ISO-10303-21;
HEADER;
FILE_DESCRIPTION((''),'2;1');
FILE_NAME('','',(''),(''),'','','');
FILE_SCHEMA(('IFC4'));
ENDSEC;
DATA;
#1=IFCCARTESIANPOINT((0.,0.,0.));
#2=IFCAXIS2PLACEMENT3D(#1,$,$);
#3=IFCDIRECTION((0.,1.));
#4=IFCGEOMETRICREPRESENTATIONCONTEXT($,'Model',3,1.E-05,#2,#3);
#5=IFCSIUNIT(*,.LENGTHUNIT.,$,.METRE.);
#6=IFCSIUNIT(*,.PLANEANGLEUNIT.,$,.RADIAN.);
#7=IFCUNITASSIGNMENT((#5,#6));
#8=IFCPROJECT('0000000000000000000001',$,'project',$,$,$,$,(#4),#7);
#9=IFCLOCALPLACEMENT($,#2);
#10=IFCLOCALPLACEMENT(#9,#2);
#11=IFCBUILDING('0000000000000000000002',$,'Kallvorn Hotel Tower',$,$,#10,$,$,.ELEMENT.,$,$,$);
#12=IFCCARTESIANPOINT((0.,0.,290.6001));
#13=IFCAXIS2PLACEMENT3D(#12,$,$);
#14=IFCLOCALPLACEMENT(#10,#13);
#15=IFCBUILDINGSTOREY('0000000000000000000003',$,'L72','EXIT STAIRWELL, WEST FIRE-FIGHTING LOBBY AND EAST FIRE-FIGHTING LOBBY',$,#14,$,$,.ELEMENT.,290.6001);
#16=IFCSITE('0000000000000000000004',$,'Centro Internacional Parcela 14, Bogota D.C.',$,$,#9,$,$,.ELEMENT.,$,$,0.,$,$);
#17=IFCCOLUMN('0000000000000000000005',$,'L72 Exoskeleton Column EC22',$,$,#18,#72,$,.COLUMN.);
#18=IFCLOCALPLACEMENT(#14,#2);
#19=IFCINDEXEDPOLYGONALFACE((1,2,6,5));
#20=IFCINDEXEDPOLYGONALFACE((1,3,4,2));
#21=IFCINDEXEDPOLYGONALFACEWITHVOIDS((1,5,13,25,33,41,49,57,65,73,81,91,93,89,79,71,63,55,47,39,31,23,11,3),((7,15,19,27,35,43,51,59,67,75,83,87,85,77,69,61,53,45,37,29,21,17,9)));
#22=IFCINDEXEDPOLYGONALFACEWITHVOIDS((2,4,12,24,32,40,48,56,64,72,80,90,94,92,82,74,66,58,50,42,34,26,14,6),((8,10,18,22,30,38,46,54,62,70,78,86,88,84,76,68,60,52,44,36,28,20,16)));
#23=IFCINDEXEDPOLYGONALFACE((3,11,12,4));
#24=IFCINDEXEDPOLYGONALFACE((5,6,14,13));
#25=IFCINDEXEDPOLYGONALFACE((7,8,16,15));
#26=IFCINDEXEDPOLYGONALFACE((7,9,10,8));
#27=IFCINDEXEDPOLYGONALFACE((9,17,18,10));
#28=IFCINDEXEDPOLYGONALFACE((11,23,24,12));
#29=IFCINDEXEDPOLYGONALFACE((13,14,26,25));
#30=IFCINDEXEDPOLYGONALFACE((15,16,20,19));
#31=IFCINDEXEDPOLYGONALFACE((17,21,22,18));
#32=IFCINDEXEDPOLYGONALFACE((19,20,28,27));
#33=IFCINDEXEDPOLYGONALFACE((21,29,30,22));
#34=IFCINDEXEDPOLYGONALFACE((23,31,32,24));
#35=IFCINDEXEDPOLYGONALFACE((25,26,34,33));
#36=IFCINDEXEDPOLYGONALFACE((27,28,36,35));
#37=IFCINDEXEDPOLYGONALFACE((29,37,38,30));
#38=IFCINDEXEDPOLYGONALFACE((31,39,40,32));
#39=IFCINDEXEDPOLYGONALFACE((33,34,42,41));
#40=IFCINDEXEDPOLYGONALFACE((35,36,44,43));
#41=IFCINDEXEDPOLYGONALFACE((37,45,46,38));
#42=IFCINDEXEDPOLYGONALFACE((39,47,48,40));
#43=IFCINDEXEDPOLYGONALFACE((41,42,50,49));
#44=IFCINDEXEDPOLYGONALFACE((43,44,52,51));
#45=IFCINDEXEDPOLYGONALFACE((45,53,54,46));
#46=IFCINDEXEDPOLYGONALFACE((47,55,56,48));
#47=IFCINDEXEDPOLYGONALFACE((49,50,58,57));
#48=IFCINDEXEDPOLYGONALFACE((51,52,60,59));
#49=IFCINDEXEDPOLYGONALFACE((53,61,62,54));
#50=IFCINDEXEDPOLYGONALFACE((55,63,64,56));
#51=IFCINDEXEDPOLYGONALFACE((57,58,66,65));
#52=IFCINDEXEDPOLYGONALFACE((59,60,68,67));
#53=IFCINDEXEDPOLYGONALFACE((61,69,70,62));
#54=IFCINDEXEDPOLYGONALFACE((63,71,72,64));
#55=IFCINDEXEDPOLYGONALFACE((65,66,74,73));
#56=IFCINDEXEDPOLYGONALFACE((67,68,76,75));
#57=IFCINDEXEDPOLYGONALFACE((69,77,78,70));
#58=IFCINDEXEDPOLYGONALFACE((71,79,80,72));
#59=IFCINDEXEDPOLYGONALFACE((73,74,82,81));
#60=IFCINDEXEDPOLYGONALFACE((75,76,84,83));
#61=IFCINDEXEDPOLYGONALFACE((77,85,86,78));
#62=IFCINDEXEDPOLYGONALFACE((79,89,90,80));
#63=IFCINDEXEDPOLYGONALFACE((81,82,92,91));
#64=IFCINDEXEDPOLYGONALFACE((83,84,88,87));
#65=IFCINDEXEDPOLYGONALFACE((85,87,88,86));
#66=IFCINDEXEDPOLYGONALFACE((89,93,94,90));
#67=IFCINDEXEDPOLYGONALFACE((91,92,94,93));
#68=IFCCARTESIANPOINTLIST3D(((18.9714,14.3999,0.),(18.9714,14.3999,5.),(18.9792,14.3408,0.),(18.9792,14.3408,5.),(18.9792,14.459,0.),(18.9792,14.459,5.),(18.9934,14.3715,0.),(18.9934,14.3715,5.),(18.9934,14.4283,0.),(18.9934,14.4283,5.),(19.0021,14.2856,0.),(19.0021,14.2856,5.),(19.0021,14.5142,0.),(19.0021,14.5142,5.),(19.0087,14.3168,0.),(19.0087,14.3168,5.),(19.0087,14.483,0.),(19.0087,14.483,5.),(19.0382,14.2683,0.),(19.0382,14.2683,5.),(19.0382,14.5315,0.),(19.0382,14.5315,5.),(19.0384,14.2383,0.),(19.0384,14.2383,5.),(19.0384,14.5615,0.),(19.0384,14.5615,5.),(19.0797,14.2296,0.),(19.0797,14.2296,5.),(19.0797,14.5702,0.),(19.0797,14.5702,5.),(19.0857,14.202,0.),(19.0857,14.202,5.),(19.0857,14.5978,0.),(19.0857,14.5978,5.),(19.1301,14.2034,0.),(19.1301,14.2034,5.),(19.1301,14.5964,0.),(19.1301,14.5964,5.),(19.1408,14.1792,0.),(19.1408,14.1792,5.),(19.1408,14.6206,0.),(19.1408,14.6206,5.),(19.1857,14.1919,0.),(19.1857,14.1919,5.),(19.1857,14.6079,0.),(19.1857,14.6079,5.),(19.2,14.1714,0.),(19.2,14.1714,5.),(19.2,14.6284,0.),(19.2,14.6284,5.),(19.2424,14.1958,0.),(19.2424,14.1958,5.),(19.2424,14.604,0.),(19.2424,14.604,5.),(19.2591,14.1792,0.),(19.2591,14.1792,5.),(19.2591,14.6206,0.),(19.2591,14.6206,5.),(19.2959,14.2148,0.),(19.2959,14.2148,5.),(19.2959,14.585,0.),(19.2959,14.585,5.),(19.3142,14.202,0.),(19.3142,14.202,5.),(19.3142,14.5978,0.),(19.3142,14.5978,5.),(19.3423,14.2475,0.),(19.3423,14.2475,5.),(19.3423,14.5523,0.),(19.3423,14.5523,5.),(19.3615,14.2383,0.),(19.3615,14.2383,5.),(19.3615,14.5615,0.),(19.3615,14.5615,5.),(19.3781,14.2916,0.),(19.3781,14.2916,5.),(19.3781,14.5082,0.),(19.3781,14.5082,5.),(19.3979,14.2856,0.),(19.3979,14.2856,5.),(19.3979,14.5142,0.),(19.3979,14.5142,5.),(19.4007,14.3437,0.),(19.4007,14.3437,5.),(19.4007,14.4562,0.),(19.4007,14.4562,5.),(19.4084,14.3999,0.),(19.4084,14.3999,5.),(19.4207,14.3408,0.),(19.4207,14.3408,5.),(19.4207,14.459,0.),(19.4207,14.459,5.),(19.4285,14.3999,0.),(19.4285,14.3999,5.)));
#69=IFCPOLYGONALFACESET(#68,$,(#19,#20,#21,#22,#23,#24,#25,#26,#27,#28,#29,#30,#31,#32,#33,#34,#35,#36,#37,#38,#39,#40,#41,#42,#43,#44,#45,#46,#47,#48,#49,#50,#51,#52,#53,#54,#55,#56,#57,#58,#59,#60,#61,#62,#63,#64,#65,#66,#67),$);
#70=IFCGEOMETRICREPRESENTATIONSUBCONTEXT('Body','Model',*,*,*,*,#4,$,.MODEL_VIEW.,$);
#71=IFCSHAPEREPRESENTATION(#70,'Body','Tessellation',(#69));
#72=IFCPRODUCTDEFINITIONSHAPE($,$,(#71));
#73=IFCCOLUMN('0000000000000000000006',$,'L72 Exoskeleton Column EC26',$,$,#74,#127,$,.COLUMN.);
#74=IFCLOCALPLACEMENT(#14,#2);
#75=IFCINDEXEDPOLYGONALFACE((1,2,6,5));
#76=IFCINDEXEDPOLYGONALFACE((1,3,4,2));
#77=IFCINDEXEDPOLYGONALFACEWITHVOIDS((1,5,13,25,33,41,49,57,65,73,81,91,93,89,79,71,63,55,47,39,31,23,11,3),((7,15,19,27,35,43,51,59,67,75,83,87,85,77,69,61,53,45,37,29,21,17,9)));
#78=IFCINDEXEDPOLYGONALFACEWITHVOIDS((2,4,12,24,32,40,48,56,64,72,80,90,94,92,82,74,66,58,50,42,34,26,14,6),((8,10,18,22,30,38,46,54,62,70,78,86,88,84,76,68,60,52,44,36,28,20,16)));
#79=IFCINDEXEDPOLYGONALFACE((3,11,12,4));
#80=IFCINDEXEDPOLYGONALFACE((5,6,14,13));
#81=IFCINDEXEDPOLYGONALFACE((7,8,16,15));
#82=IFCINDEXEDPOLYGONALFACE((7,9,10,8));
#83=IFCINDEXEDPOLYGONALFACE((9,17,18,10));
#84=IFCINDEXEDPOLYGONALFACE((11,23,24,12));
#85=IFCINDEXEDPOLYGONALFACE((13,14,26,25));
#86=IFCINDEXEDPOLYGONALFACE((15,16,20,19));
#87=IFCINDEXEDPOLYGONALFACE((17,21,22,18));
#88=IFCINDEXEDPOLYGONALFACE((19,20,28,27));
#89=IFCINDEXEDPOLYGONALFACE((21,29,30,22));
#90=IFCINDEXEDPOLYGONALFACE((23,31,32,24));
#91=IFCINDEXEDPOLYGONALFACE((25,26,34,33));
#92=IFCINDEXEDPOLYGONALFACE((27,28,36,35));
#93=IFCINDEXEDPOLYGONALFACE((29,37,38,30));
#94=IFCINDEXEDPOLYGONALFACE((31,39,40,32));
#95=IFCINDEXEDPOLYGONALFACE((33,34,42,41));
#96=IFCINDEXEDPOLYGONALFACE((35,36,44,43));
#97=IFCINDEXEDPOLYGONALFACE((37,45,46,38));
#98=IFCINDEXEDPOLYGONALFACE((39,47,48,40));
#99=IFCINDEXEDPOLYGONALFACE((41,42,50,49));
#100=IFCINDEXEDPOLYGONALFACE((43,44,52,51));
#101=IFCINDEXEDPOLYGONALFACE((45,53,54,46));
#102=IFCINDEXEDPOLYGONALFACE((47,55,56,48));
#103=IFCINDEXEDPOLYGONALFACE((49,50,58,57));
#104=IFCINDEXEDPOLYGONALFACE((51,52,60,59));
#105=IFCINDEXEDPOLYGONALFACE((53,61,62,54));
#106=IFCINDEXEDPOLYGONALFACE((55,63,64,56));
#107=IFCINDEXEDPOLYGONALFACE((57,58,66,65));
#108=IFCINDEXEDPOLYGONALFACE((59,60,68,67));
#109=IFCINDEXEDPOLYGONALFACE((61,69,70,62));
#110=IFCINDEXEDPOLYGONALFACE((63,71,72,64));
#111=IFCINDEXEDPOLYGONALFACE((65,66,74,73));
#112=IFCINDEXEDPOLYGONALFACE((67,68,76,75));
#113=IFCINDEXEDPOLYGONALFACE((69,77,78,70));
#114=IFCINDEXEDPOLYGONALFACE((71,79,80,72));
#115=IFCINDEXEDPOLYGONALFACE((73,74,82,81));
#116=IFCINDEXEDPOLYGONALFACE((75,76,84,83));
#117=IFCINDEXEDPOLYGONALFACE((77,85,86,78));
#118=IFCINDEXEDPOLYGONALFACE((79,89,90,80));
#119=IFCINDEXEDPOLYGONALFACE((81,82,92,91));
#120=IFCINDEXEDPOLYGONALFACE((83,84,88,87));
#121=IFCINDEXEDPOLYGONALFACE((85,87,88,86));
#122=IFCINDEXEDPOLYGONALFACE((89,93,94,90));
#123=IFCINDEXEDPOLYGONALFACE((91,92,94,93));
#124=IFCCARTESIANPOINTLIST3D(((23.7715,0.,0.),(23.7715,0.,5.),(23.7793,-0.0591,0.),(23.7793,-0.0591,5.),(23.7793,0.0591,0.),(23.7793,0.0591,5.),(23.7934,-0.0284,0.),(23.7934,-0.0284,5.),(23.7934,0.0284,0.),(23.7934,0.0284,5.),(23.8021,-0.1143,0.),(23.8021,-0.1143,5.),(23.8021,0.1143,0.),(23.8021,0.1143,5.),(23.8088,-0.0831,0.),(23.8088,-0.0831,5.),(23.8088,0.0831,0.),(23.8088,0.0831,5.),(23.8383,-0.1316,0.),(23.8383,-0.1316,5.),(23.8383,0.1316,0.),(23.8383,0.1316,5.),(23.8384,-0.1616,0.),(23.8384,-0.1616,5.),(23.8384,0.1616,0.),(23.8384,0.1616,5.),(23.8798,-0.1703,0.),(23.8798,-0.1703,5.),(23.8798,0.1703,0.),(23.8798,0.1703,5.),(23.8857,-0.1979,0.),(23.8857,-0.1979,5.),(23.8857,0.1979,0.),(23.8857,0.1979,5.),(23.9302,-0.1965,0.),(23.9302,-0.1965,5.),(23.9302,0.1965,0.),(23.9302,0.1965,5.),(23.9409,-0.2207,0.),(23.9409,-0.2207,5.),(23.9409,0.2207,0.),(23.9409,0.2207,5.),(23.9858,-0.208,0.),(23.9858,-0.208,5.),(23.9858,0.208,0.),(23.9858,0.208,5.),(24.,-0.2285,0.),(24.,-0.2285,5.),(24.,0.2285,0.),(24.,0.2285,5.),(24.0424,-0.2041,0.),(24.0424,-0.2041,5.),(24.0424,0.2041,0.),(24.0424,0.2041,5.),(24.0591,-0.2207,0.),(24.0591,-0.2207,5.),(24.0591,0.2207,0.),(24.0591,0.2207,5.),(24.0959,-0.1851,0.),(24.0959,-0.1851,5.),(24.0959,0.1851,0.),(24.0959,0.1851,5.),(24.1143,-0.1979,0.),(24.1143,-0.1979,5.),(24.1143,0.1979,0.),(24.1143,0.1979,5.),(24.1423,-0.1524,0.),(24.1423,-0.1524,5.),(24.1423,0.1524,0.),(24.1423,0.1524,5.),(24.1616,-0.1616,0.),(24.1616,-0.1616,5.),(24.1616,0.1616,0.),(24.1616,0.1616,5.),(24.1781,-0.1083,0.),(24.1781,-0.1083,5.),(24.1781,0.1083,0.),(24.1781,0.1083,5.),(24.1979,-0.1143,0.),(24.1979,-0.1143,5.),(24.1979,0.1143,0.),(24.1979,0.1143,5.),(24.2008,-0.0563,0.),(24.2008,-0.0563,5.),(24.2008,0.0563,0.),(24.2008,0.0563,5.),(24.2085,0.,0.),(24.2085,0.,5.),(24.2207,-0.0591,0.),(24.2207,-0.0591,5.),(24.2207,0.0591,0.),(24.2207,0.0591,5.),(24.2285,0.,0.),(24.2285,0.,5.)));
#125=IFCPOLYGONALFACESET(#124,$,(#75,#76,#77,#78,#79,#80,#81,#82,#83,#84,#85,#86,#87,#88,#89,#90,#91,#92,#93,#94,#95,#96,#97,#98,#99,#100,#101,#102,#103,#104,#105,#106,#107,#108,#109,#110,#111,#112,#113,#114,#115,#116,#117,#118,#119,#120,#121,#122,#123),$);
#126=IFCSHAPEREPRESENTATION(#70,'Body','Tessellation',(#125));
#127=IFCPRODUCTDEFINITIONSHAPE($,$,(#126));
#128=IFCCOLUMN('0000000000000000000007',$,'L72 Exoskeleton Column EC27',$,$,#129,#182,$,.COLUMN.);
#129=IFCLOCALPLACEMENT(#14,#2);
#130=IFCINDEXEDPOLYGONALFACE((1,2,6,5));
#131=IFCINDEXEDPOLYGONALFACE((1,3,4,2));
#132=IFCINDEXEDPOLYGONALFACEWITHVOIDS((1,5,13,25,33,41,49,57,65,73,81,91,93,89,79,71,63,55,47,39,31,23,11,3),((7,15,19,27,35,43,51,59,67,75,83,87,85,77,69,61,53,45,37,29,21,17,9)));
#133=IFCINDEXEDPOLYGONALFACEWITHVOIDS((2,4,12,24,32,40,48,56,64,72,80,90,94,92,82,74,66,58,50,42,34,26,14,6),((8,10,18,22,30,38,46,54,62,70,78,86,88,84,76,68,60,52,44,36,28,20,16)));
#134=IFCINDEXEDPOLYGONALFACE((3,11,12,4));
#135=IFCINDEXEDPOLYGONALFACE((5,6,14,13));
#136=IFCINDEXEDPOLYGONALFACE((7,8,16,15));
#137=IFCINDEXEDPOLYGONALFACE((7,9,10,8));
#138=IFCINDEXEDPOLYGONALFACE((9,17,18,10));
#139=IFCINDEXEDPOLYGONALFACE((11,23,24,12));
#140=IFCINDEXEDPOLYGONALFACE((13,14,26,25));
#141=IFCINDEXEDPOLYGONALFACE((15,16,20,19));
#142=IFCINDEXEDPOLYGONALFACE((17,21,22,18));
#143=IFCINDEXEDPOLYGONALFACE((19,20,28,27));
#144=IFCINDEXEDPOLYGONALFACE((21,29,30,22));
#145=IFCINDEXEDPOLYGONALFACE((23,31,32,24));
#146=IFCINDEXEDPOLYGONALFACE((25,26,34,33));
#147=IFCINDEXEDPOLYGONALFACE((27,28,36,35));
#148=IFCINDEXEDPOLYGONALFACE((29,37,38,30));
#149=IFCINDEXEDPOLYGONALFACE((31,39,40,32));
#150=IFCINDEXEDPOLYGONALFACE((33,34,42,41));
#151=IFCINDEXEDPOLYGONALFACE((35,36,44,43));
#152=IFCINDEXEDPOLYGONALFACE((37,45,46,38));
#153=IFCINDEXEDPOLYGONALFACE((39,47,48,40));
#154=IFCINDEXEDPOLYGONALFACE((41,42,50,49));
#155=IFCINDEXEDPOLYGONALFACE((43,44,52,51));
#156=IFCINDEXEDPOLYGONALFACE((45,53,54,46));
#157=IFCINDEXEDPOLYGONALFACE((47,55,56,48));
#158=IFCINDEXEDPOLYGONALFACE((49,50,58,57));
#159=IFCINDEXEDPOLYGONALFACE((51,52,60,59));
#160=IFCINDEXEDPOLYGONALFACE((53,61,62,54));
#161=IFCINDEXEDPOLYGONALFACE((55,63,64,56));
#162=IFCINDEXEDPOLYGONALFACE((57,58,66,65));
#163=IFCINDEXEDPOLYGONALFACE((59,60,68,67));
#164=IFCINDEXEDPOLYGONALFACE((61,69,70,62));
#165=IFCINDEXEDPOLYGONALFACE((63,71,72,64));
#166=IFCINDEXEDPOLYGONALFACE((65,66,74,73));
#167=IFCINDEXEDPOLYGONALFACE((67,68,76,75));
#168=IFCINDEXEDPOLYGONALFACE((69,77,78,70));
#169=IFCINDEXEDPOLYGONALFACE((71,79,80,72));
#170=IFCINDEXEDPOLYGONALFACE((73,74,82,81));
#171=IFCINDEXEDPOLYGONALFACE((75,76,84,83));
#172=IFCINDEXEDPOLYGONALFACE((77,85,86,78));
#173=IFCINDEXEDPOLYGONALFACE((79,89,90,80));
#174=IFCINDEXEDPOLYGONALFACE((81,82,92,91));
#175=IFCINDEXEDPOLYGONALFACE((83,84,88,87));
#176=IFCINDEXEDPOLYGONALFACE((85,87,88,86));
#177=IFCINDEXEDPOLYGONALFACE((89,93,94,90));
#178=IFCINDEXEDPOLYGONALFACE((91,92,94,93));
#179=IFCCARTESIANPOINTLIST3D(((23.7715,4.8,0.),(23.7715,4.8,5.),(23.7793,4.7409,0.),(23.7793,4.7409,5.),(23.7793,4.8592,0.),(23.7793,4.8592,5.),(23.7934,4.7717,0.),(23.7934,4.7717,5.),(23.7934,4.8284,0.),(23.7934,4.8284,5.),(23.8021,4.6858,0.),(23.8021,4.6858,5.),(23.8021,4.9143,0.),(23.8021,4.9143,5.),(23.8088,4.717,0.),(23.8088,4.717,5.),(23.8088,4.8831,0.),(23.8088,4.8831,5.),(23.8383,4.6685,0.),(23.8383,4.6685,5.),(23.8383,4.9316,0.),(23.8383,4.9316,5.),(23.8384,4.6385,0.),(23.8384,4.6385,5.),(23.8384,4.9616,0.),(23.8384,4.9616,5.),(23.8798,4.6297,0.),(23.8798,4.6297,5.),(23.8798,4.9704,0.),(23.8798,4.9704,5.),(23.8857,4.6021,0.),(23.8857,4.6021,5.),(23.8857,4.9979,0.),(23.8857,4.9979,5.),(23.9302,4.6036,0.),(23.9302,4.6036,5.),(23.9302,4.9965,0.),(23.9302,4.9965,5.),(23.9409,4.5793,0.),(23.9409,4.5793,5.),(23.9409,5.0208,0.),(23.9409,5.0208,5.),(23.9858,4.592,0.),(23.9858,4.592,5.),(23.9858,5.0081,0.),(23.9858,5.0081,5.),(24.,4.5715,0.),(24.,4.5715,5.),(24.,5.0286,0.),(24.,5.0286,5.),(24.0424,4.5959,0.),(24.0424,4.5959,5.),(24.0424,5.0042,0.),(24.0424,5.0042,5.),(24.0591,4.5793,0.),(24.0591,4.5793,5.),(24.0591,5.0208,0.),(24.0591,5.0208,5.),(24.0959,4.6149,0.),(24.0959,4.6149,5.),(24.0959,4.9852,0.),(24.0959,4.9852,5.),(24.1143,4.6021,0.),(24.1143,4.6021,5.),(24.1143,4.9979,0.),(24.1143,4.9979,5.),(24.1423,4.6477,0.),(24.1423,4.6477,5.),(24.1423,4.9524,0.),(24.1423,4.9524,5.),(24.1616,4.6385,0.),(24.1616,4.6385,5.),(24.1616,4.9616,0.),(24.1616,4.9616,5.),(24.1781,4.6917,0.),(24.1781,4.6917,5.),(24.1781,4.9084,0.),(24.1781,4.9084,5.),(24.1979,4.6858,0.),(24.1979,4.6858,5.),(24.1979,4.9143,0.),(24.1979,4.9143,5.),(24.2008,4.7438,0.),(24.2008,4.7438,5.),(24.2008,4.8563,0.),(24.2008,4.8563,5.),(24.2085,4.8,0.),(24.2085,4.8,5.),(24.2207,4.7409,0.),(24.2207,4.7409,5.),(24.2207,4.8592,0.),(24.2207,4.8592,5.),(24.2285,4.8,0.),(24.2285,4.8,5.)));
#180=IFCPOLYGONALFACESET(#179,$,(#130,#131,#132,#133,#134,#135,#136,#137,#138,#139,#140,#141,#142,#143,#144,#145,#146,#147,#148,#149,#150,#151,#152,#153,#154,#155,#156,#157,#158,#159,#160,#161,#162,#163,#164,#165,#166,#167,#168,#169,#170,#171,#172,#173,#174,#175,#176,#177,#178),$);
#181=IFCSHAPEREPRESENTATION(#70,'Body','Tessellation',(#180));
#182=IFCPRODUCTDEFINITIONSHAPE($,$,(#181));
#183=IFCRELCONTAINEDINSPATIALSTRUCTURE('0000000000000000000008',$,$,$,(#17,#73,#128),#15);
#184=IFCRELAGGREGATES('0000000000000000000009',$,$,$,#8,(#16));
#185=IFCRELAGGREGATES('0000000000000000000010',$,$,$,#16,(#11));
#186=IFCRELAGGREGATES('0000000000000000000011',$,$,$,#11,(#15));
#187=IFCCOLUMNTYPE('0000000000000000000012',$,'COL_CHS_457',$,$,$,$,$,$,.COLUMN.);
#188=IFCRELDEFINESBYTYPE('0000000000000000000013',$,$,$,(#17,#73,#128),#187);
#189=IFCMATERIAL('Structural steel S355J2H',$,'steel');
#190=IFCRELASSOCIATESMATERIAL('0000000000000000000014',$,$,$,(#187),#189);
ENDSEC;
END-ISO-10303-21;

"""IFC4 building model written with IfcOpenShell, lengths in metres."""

from ifc_helpers import new_model, si_unit, direction, frame, origin, origin_2d, place, context, subcontext, project, spatial, hollow_circle, extrude, material, material_profile, profile_set, type_object, element, save


model = new_model("IFC4")

# Units and contexts
model_context = context("Model", 3, precision=1e-05, world=origin(), true_north=direction((0.0, 1.0)))
body_context = subcontext(model_context, "Body", "Model", "MODEL_VIEW")
ifc_project = project(units=[si_unit("LENGTHUNIT", "METRE"), si_unit("PLANEANGLEUNIT", "RADIAN")], contexts=[model_context])

# Site, building, storey
site_placement = place(None, origin())
site = spatial("IfcSite", under=ifc_project, at=site_placement, Name="Centro Internacional Parcela 14, Bogota D.C.", CompositionType="ELEMENT", RefElevation=0.0)
building_placement = place(site_placement, origin())
building = spatial("IfcBuilding", under=site, at=building_placement, Name="Kallvorn Hotel Tower", CompositionType="ELEMENT")
storey_placement = place(building_placement, frame((0.0, 0.0, 290.6001)))
storey = spatial("IfcBuildingStorey", under=building, at=storey_placement, Name="L72", Description="EXIT STAIRWELL, WEST FIRE-FIGHTING LOBBY AND EAST FIRE-FIGHTING LOBBY", CompositionType="ELEMENT", Elevation=290.6001)

# Columns
ifc_material_1 = material(Name="Structural steel S355J2H", Category="steel")
ifc_material_profile_1 = material_profile(ifc_material_1, hollow_circle(Radius=0.2285, WallThickness=0.02, at=origin_2d()), Name="CHS 457x20")
ifc_profile_set_1 = profile_set([ifc_material_profile_1], Name="Structural steel S355J2H")
column_type_1 = type_object("IfcColumnType", Name="COL_CHS_457", PredefinedType="COLUMN", material=ifc_profile_set_1)
for number, where, z_axis, x_axis, name in (
    (1, (19.2, 14.3999, 0.0), (0.0, 0.0, 1.0), (1.0, 0.0, 0.0), "L72 Exoskeleton Column EC22"),
    (2, (24.0, 0.0, 0.0), (0.0, 0.0, 1.0), (1.0, 0.0, 0.0), "L72 Exoskeleton Column EC26"),
    (3, (24.0, 4.8, 0.0), (0.0, 0.0, 1.0), (1.0, 0.0, 0.0), "L72 Exoskeleton Column EC27"),
):
    element("IfcColumn", number, at=place(storey_placement, frame(where, z_axis=z_axis, x_axis=x_axis)), inside=storey, type_object=column_type_1, Name=name, PredefinedType="COLUMN", context=body_context, shape_type="SweptSolid", body=[
        extrude(hollow_circle(Radius=0.2285, WallThickness=0.02, at=origin_2d()), origin(), (0.0, 0.0, 1.0), 5.0),
    ])

save(model, "model.ifc")
